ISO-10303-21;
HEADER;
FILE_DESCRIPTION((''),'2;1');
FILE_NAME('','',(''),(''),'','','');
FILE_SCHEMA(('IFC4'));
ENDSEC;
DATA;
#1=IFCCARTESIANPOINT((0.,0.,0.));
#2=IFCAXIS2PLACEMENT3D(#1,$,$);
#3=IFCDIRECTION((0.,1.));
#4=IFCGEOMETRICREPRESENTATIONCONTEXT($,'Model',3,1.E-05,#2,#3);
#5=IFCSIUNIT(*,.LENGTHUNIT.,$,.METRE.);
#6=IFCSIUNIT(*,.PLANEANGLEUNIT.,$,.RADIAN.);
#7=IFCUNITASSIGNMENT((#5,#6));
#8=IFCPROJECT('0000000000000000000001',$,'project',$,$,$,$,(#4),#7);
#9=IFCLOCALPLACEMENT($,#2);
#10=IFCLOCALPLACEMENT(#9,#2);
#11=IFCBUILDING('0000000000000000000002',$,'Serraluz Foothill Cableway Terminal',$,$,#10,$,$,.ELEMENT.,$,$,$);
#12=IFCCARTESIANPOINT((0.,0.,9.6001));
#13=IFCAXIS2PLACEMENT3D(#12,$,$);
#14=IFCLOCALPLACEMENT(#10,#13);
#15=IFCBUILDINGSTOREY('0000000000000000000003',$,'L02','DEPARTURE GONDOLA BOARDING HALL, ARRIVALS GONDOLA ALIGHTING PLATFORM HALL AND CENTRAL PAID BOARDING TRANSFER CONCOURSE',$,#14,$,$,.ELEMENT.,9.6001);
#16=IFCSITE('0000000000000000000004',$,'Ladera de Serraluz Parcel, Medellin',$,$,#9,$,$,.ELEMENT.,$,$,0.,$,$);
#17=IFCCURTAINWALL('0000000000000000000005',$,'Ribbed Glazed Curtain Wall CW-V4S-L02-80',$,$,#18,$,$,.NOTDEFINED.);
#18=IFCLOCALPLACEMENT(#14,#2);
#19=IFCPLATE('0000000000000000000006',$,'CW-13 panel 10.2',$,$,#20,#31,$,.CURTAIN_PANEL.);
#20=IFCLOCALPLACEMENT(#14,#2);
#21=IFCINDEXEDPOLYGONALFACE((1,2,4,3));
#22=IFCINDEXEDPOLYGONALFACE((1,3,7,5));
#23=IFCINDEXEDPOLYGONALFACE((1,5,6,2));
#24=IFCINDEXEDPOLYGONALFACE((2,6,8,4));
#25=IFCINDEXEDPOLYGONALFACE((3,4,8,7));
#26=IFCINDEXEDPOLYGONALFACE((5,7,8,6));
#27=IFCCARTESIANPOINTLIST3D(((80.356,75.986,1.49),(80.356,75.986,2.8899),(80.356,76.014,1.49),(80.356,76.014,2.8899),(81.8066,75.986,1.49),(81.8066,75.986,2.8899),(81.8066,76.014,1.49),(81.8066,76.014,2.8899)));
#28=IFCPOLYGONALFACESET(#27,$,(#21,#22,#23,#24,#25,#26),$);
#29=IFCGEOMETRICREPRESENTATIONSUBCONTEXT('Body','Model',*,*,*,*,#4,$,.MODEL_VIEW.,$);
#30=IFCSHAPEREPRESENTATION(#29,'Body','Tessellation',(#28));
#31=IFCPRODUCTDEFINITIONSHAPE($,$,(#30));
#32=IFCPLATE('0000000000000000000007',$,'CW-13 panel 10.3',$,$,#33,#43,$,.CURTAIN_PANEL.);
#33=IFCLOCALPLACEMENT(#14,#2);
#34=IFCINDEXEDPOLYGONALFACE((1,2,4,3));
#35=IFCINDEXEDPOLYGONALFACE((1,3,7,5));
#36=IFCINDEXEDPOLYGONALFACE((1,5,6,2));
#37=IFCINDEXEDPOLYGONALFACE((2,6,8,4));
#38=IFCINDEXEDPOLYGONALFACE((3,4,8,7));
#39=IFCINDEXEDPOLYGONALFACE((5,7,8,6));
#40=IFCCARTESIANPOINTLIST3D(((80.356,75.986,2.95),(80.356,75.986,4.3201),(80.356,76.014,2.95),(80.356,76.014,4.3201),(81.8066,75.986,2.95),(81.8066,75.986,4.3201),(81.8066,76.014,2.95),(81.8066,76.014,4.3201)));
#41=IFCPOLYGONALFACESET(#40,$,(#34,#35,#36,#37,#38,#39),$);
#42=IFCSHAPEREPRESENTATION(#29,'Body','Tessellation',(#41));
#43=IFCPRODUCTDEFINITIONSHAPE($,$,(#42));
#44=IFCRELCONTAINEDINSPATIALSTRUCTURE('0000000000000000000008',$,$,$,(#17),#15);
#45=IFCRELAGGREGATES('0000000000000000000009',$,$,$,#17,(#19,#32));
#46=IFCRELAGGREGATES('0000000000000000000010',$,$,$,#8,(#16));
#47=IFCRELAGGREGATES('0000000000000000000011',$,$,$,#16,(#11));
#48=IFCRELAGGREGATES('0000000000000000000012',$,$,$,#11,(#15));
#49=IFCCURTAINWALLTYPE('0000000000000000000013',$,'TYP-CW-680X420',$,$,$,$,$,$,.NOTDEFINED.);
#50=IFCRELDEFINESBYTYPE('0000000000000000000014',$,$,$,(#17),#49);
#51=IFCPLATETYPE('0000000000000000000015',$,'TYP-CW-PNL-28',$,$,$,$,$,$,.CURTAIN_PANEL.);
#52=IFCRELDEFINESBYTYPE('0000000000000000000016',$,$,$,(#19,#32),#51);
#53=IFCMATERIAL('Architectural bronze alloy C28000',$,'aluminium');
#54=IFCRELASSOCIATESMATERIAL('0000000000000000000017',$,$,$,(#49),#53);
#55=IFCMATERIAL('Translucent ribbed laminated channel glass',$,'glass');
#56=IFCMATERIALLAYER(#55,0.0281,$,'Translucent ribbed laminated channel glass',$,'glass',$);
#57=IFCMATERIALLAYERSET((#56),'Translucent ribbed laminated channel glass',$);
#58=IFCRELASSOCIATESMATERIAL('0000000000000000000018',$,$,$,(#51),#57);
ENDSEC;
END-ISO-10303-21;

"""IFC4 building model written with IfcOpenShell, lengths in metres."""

from ifc_helpers import new_model, si_unit, direction, frame, origin, origin_2d, place, context, subcontext, project, spatial, rectangle, extrude, material, layer, layer_set, type_object, element, aggregate, save


model = new_model("IFC4")

# Units and contexts
model_context = context("Model", 3, precision=1e-05, world=origin(), true_north=direction((0.0, 1.0)))
body_context = subcontext(model_context, "Body", "Model", "MODEL_VIEW")
ifc_project = project(units=[si_unit("LENGTHUNIT", "METRE"), si_unit("PLANEANGLEUNIT", "RADIAN")], contexts=[model_context])

# Site, building, storey
site_placement = place(None, origin())
site = spatial("IfcSite", under=ifc_project, at=site_placement, Name="Ladera de Serraluz Parcel, Medellin", CompositionType="ELEMENT", RefElevation=0.0)
building_placement = place(site_placement, origin())
building = spatial("IfcBuilding", under=site, at=building_placement, Name="Serraluz Foothill Cableway Terminal", CompositionType="ELEMENT")
storey_placement = place(building_placement, frame((0.0, 0.0, 9.6001)))
storey = spatial("IfcBuildingStorey", under=building, at=storey_placement, Name="L02", Description="DEPARTURE GONDOLA BOARDING HALL, ARRIVALS GONDOLA ALIGHTING PLATFORM HALL AND CENTRAL PAID BOARDING TRANSFER CONCOURSE", CompositionType="ELEMENT", Elevation=9.6001)

# Curtain wall
ifc_material_1 = material(Name="Architectural bronze alloy C28000", Category="aluminium")
curtain_wall_type_1 = type_object("IfcCurtainWallType", Name="TYP-CW-680X420", PredefinedType="NOTDEFINED", material=ifc_material_1)
curtain_wall_1_placement = place(storey_placement, origin())
curtain_wall_1 = element("IfcCurtainWall", 1, at=curtain_wall_1_placement, inside=storey, type_object=curtain_wall_type_1, Name="Ribbed Glazed Curtain Wall CW-V4S-L02-80", PredefinedType="NOTDEFINED")

# Plates
ifc_material_2 = material(Name="Translucent ribbed laminated channel glass", Category="glass")
ifc_layer = layer(ifc_material_2, 0.0281, Name="Translucent ribbed laminated channel glass", Category="glass")
ifc_layer_set = layer_set([ifc_layer], Name="Translucent ribbed laminated channel glass")
plate_type = type_object("IfcPlateType", Name="TYP-CW-PNL-28", PredefinedType="CURTAIN_PANEL", material=ifc_layer_set)
plate_1_placement = place(storey_placement, frame((81.0813, 76.0, 1.49), z_axis=(0.0, 0.0, 1.0), x_axis=(-1.0, 0.0, 0.0)))
plate_1 = element("IfcPlate", 2, at=plate_1_placement, type_object=plate_type, Name="CW-13 panel 10.2", PredefinedType="CURTAIN_PANEL", context=body_context, shape_type="SweptSolid", body=[
    extrude(rectangle(XDim=1.4507, YDim=0.0281, at=origin_2d()), origin(), (0.0, 0.0, 1.0), 1.3999),
])
plate_2_placement = place(storey_placement, frame((81.0813, 76.0, 2.95), z_axis=(0.0, 0.0, 1.0), x_axis=(-1.0, 0.0, 0.0)))
plate_2 = element("IfcPlate", 3, at=plate_2_placement, type_object=plate_type, Name="CW-13 panel 10.3", PredefinedType="CURTAIN_PANEL", context=body_context, shape_type="SweptSolid", body=[
    extrude(rectangle(XDim=1.4507, YDim=0.0281, at=origin_2d()), origin(), (0.0, 0.0, 1.0), 1.3701),
])
aggregate(curtain_wall_1, [plate_1, plate_2])

save(model, "model.ifc")
